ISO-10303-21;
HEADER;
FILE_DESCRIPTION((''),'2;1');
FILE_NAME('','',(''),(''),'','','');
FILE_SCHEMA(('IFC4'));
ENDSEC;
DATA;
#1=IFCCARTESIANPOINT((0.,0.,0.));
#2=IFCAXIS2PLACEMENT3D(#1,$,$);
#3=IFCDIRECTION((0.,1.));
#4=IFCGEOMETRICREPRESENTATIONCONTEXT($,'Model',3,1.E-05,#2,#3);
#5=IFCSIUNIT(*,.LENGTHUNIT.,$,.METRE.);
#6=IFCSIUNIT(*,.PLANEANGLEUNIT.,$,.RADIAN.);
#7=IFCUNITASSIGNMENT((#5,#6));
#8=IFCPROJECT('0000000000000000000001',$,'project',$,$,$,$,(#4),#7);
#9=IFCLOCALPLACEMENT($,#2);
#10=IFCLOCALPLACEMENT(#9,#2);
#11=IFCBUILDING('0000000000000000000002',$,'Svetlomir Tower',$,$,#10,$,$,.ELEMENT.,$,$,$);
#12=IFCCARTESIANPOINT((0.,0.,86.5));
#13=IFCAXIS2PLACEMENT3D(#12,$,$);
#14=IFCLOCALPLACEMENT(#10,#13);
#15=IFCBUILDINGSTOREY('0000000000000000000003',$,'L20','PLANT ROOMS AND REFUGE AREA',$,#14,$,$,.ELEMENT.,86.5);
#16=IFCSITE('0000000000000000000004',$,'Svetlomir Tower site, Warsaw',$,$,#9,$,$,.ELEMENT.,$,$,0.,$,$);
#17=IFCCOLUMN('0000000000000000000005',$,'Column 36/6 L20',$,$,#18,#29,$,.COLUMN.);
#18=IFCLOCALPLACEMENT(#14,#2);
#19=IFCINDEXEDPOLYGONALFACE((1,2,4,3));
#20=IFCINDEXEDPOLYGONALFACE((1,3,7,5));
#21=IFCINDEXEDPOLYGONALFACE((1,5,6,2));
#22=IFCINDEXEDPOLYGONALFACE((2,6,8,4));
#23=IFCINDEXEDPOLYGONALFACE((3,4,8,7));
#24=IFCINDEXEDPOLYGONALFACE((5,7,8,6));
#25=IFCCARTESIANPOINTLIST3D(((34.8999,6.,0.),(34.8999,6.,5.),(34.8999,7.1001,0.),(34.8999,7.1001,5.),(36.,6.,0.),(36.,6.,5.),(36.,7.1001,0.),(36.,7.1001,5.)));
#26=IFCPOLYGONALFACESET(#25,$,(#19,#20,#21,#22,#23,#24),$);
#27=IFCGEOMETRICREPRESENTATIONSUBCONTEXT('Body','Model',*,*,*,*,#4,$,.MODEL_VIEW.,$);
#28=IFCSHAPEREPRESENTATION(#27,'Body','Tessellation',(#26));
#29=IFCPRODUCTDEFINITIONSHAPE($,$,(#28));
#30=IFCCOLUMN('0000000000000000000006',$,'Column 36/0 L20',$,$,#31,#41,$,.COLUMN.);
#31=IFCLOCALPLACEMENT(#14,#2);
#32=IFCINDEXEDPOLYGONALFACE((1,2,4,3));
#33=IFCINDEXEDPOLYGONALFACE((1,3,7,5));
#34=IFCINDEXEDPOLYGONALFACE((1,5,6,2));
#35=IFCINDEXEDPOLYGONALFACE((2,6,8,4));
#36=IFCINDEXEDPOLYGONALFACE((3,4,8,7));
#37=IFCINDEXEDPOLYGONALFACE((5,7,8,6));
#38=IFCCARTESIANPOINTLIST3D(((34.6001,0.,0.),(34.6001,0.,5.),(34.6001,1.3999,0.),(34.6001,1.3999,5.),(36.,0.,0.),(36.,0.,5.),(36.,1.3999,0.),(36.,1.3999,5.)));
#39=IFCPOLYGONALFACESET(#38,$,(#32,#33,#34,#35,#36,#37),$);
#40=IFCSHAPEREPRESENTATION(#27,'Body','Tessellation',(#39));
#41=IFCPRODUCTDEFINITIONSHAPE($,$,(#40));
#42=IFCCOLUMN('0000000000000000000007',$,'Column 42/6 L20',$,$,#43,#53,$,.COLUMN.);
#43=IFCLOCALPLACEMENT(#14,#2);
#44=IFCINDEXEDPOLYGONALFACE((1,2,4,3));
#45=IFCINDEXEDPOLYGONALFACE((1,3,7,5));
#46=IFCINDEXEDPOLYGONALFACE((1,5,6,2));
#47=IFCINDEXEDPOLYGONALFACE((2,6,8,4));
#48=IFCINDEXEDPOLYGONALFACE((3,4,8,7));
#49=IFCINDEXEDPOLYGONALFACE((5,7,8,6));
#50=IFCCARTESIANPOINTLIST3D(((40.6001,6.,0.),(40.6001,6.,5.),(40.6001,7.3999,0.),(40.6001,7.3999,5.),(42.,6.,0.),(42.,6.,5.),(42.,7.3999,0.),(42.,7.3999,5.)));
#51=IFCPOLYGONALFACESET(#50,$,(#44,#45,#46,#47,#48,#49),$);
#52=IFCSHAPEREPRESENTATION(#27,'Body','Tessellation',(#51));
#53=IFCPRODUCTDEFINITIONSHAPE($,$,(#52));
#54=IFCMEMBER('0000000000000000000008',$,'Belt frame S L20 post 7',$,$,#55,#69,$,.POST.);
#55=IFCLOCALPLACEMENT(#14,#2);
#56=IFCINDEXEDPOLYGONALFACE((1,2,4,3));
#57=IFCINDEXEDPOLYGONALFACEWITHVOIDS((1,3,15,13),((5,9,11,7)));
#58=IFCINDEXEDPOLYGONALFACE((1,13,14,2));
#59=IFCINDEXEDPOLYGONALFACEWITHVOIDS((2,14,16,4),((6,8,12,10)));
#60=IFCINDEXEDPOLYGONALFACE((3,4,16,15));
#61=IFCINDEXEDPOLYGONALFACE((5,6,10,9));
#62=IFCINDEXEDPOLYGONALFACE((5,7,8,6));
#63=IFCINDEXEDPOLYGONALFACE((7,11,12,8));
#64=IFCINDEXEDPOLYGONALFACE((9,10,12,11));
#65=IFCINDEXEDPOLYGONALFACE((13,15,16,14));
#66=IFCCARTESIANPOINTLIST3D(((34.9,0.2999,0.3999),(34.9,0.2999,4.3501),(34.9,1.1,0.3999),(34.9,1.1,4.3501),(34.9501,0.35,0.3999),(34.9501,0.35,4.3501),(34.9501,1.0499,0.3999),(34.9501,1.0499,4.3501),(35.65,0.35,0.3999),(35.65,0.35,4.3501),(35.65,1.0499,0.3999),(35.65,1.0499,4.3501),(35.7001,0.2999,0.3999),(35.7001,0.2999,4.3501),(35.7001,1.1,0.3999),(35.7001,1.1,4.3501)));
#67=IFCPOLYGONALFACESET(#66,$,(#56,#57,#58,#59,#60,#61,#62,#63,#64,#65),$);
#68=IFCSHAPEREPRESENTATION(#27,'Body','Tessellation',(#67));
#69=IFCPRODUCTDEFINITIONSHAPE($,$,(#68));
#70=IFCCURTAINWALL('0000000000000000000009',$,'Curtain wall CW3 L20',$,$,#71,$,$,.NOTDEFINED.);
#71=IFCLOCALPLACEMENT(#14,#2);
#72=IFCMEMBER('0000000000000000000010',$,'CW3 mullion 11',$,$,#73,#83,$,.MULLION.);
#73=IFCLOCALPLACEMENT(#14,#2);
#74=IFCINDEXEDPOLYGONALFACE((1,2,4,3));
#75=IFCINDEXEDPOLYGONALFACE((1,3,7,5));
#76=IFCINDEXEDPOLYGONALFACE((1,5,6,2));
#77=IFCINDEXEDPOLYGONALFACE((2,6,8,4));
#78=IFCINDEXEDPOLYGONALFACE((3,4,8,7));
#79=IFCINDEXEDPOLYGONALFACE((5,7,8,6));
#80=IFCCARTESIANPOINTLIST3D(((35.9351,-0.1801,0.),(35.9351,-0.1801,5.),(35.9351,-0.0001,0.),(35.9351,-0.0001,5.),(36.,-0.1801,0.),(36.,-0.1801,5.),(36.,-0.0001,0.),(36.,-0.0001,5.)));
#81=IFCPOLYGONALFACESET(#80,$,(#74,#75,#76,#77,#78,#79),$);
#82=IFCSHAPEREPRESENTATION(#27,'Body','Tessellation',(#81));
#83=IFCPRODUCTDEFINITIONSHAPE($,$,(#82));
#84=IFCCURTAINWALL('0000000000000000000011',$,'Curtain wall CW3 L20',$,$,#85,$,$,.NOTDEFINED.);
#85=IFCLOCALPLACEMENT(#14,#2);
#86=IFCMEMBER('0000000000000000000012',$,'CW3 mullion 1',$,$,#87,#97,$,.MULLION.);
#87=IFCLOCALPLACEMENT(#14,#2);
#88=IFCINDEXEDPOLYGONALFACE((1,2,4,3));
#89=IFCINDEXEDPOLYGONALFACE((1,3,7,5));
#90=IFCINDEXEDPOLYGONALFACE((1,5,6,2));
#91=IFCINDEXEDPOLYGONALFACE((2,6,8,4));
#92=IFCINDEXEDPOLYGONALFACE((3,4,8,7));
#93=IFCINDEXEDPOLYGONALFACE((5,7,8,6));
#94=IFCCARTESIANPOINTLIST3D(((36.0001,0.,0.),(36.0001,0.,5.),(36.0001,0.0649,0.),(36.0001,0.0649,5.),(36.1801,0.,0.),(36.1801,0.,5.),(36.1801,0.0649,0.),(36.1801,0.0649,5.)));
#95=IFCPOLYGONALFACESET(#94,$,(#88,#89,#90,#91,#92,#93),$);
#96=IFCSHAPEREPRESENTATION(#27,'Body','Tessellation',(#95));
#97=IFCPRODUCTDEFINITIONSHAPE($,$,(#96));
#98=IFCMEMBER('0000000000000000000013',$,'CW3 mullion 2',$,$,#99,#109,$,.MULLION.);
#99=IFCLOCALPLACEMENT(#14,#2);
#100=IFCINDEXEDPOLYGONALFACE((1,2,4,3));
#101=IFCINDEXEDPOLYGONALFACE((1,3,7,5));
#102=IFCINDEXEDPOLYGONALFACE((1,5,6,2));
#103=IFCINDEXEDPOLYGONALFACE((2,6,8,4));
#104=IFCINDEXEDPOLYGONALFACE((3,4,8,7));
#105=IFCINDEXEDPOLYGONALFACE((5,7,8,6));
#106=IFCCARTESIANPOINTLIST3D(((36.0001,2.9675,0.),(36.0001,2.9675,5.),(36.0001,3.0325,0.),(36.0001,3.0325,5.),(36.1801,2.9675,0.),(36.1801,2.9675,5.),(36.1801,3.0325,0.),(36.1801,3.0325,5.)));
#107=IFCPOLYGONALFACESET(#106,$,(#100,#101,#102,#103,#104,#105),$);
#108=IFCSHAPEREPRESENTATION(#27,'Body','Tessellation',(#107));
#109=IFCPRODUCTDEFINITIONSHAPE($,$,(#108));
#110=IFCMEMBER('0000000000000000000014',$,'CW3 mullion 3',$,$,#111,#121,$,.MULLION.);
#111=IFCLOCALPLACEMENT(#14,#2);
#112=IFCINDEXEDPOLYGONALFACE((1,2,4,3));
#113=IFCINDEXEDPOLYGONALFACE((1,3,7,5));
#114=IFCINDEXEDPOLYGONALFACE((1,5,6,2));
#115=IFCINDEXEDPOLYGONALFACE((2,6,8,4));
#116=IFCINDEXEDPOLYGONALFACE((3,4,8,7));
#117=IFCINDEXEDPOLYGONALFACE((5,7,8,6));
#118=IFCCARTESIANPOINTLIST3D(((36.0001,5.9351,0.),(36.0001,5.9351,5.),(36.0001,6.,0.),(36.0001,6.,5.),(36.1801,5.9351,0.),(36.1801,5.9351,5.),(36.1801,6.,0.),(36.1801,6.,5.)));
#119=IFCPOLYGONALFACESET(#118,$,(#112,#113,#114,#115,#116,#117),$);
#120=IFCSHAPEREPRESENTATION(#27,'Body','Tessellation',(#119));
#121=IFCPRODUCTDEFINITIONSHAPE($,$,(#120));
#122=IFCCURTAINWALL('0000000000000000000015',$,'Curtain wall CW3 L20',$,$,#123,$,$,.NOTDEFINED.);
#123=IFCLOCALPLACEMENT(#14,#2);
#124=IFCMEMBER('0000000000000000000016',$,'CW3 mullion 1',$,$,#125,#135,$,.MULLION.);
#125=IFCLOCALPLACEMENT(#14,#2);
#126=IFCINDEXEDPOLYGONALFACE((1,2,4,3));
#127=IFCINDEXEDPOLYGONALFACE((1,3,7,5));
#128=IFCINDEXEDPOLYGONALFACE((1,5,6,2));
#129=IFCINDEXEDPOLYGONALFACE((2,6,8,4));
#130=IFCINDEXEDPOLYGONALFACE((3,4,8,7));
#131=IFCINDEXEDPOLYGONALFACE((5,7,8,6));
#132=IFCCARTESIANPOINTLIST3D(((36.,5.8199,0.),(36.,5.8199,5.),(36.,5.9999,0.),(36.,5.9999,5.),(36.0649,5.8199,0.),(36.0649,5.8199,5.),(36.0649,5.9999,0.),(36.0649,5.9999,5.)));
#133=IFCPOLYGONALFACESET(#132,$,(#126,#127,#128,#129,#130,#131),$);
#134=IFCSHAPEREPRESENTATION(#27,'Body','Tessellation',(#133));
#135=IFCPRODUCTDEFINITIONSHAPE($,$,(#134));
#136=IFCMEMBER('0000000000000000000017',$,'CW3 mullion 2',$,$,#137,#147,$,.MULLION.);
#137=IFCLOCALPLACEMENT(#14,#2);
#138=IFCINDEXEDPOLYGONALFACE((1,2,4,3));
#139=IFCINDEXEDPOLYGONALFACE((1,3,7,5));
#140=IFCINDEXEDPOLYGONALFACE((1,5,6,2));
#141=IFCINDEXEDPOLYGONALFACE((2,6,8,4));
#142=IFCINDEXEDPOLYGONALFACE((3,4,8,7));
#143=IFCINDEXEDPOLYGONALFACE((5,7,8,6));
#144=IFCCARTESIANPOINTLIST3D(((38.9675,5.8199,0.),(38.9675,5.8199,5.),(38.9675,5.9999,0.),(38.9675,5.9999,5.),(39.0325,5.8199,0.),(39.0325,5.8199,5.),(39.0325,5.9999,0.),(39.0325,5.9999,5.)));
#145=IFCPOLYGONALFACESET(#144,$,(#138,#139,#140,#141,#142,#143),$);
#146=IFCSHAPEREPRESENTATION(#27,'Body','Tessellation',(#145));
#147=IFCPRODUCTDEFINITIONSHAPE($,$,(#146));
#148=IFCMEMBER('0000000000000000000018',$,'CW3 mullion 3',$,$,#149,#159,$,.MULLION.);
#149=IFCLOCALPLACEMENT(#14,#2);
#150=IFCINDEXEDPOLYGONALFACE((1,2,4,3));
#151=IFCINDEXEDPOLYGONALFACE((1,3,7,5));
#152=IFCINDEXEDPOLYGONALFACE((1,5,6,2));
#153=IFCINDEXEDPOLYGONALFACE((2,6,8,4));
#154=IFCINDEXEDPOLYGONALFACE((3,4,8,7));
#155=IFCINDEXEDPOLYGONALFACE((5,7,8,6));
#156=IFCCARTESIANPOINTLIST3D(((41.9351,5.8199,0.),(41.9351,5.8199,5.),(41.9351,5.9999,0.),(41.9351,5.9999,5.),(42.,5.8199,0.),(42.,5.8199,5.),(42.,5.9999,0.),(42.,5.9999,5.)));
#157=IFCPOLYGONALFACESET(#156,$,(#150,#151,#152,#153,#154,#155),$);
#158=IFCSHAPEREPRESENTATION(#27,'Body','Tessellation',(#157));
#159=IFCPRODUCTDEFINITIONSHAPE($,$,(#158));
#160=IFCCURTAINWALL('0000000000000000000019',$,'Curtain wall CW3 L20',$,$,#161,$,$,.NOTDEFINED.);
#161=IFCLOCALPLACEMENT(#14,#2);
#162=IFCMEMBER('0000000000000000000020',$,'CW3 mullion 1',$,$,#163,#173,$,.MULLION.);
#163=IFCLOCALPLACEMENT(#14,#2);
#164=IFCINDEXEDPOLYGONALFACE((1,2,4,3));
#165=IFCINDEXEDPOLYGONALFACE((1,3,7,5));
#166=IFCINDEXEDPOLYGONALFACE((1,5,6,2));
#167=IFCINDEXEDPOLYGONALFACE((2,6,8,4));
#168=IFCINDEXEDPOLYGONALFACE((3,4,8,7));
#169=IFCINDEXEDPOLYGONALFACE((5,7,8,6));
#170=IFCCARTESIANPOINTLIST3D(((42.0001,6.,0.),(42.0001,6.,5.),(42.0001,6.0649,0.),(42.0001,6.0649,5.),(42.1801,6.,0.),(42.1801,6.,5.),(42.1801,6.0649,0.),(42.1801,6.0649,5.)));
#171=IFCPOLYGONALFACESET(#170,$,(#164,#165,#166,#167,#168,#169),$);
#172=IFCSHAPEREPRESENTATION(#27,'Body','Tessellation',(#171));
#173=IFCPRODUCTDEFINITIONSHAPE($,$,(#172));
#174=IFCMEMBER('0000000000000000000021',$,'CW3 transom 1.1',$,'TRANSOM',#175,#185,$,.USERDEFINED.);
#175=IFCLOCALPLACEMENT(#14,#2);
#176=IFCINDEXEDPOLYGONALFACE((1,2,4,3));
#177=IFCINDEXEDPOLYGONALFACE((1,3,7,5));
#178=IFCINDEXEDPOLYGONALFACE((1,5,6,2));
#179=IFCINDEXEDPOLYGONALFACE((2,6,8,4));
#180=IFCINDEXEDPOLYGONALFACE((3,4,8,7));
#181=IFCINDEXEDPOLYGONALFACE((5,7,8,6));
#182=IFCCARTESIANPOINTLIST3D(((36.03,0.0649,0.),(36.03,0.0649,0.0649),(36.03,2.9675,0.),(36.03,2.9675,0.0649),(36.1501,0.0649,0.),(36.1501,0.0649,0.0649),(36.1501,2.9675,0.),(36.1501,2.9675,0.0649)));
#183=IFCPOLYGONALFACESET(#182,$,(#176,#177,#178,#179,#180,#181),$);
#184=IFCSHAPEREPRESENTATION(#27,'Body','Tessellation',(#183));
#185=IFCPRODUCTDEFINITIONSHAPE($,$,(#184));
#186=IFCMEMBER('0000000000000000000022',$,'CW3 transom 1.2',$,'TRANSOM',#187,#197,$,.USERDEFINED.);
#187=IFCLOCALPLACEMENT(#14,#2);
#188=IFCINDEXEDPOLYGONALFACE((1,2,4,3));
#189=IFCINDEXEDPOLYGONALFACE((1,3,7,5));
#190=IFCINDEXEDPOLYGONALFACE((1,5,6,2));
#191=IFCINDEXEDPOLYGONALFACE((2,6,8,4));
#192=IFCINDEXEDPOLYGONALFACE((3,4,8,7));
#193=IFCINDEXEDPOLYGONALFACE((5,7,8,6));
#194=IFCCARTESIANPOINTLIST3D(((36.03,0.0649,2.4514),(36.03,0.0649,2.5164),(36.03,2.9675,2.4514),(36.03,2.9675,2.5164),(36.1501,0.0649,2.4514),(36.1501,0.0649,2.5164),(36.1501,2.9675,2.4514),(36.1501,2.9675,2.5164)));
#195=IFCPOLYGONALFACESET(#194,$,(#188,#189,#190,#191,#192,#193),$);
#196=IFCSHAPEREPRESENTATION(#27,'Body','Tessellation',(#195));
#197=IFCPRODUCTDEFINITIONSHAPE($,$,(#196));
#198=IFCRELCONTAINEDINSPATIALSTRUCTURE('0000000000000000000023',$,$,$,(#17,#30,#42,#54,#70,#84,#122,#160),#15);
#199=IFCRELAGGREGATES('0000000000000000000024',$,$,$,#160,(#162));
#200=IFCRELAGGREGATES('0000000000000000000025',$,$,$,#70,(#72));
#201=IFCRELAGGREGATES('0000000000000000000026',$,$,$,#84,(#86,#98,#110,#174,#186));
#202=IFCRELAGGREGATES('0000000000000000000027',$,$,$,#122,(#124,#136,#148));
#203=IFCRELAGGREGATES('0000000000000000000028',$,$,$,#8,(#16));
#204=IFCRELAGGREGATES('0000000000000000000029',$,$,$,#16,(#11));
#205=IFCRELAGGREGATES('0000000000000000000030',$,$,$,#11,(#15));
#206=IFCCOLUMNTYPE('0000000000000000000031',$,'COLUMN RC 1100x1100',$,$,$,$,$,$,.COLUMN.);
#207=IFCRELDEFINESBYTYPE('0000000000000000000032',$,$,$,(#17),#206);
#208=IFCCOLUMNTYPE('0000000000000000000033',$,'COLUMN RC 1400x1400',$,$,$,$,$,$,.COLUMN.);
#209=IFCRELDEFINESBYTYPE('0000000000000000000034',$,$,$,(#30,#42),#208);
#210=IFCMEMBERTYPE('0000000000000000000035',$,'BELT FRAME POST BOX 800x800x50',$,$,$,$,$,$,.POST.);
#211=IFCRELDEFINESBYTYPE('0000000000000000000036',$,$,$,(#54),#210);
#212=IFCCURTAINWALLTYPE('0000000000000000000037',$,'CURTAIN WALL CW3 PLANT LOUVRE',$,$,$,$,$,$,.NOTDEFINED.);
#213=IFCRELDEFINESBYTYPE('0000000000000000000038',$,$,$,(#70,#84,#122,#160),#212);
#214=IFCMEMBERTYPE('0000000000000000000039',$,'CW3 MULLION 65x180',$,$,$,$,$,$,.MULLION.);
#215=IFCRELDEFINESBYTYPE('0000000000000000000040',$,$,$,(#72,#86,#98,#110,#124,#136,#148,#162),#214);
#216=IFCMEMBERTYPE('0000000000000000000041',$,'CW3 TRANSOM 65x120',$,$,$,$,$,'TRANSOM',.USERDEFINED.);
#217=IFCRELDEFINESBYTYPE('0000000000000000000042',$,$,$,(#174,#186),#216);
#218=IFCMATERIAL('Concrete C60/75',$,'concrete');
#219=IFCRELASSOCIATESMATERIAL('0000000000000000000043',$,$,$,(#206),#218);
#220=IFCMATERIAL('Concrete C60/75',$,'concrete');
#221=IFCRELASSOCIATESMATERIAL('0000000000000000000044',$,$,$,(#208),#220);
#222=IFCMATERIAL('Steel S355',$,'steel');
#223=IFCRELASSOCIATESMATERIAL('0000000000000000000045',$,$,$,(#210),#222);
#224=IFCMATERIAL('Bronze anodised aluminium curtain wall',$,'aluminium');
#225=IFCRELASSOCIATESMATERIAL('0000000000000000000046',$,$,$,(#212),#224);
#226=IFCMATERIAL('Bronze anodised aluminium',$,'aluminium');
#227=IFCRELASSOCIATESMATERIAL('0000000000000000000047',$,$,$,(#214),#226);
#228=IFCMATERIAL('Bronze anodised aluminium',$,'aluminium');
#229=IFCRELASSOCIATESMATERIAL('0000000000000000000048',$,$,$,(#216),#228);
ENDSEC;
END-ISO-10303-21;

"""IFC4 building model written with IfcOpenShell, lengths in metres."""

from ifc_helpers import new_model, si_unit, direction, frame, origin, origin_2d, place, context, subcontext, project, spatial, rectangle, hollow_rectangle, extrude, material, material_profile, profile_set, type_object, element, aggregate, save


model = new_model("IFC4")

# Units and contexts
model_context = context("Model", 3, precision=1e-05, world=origin(), true_north=direction((0.0, 1.0)))
body_context = subcontext(model_context, "Body", "Model", "MODEL_VIEW")
ifc_project = project(units=[si_unit("LENGTHUNIT", "METRE"), si_unit("PLANEANGLEUNIT", "RADIAN")], contexts=[model_context])

# Site, building, storey
site_placement = place(None, origin())
site = spatial("IfcSite", under=ifc_project, at=site_placement, Name="Svetlomir Tower site, Warsaw", CompositionType="ELEMENT", RefElevation=0.0)
building_placement = place(site_placement, origin())
building = spatial("IfcBuilding", under=site, at=building_placement, Name="Svetlomir Tower", CompositionType="ELEMENT")
storey_placement = place(building_placement, frame((0.0, 0.0, 86.5)))
storey = spatial("IfcBuildingStorey", under=building, at=storey_placement, Name="L20", Description="PLANT ROOMS AND REFUGE AREA", CompositionType="ELEMENT", Elevation=86.5)

# Columns
ifc_material_1 = material(Name="Concrete C60/75", Category="concrete")
ifc_material_profile_1 = material_profile(ifc_material_1, rectangle(XDim=1.1001, YDim=1.1001, at=origin_2d()), Name="RC 1100x1100")
ifc_profile_set_1 = profile_set([ifc_material_profile_1], Name="Concrete C60/75")
column_type_1 = type_object("IfcColumnType", Name="COLUMN RC 1100x1100", PredefinedType="COLUMN", material=ifc_profile_set_1)
column_placement = place(storey_placement, frame((35.45, 6.55, 0.0), z_axis=(0.0, 0.0, 1.0), x_axis=(1.0, 0.0, 0.0)))
element("IfcColumn", 1, at=column_placement, inside=storey, type_object=column_type_1, Name="Column 36/6 L20", PredefinedType="COLUMN", context=body_context, shape_type="SweptSolid", body=[
    extrude(rectangle(XDim=1.1001, YDim=1.1001, at=origin_2d()), origin(), (0.0, 0.0, 1.0), 5.0),
])
ifc_material_2 = material(Name="Concrete C60/75", Category="concrete")
ifc_material_profile_2 = material_profile(ifc_material_2, rectangle(XDim=1.3999, YDim=1.3999, at=origin_2d()), Name="RC 1400x1400")
ifc_profile_set_2 = profile_set([ifc_material_profile_2], Name="Concrete C60/75")
column_type_2 = type_object("IfcColumnType", Name="COLUMN RC 1400x1400", PredefinedType="COLUMN", material=ifc_profile_set_2)
for number, where, z_axis, x_axis, name in (
    (2, (35.3, 0.7, 0.0), (0.0, 0.0, 1.0), (1.0, 0.0, 0.0), "Column 36/0 L20"),
    (3, (41.3, 6.7, 0.0), (0.0, 0.0, 1.0), (1.0, 0.0, 0.0), "Column 42/6 L20"),
):
    element("IfcColumn", number, at=place(storey_placement, frame(where, z_axis=z_axis, x_axis=x_axis)), inside=storey, type_object=column_type_2, Name=name, PredefinedType="COLUMN", context=body_context, shape_type="SweptSolid", body=[
        extrude(rectangle(XDim=1.3999, YDim=1.3999, at=origin_2d()), origin(), (0.0, 0.0, 1.0), 5.0),
    ])

# Member
ifc_material_3 = material(Name="Steel S355", Category="steel")
ifc_material_profile_3 = material_profile(ifc_material_3, hollow_rectangle(XDim=0.8, YDim=0.8, WallThickness=0.05, at=origin_2d()), Name="BOX 800x800x50")
ifc_profile_set_3 = profile_set([ifc_material_profile_3], Name="Steel S355")
member_type_1 = type_object("IfcMemberType", Name="BELT FRAME POST BOX 800x800x50", PredefinedType="POST", material=ifc_profile_set_3)
member_1_placement = place(storey_placement, frame((35.3, 0.7, 0.3999), z_axis=(0.0, 0.0, 1.0), x_axis=(1.0, 0.0, 0.0)))
element("IfcMember", 4, at=member_1_placement, inside=storey, type_object=member_type_1, Name="Belt frame S L20 post 7", PredefinedType="POST", context=body_context, shape_type="SweptSolid", body=[
    extrude(hollow_rectangle(XDim=0.8, YDim=0.8, WallThickness=0.05, at=origin_2d()), origin(), (0.0, 0.0, 1.0), 3.9502),
])

# Curtain wall, member
ifc_material_4 = material(Name="Bronze anodised aluminium curtain wall", Category="aluminium")
curtain_wall_type = type_object("IfcCurtainWallType", Name="CURTAIN WALL CW3 PLANT LOUVRE", PredefinedType="NOTDEFINED", material=ifc_material_4)
curtain_wall_1_placement = place(storey_placement, origin())
curtain_wall_1 = element("IfcCurtainWall", 5, at=curtain_wall_1_placement, inside=storey, type_object=curtain_wall_type, Name="Curtain wall CW3 L20", PredefinedType="NOTDEFINED")
ifc_material_5 = material(Name="Bronze anodised aluminium", Category="aluminium")
ifc_material_profile_4 = material_profile(ifc_material_5, rectangle(XDim=0.0649, YDim=0.1799, at=origin_2d()), Name="AL 65x180")
ifc_profile_set_4 = profile_set([ifc_material_profile_4], Name="Bronze anodised aluminium 6063-T6")
member_type_2 = type_object("IfcMemberType", Name="CW3 MULLION 65x180", PredefinedType="MULLION", material=ifc_profile_set_4)
member_2_placement = place(storey_placement, frame((35.9675, -0.0901, 0.0), z_axis=(0.0, 0.0, 1.0), x_axis=(1.0, 0.0, 0.0)))
member_2 = element("IfcMember", 6, at=member_2_placement, type_object=member_type_2, Name="CW3 mullion 11", PredefinedType="MULLION", context=body_context, shape_type="SweptSolid", body=[
    extrude(rectangle(XDim=0.0649, YDim=0.1799, at=origin_2d()), origin(), (0.0, 0.0, 1.0), 5.0),
])

# Curtain walls, members
curtain_wall_2_placement = place(storey_placement, origin())
curtain_wall_2 = element("IfcCurtainWall", 7, at=curtain_wall_2_placement, inside=storey, type_object=curtain_wall_type, Name="Curtain wall CW3 L20", PredefinedType="NOTDEFINED")
member_3_placement = place(storey_placement, frame((36.0901, 0.0325, 0.0), z_axis=(0.0, 0.0, 1.0), x_axis=(0.0, 1.0, 0.0)))
member_3 = element("IfcMember", 8, at=member_3_placement, type_object=member_type_2, Name="CW3 mullion 1", PredefinedType="MULLION", context=body_context, shape_type="SweptSolid", body=[
    extrude(rectangle(XDim=0.0649, YDim=0.1799, at=origin_2d()), origin(), (0.0, 0.0, 1.0), 5.0),
])
member_4_placement = place(storey_placement, frame((36.0901, 3.0, 0.0), z_axis=(0.0, 0.0, 1.0), x_axis=(0.0, 1.0, 0.0)))
member_4 = element("IfcMember", 9, at=member_4_placement, type_object=member_type_2, Name="CW3 mullion 2", PredefinedType="MULLION", context=body_context, shape_type="SweptSolid", body=[
    extrude(rectangle(XDim=0.0649, YDim=0.1799, at=origin_2d()), origin(), (0.0, 0.0, 1.0), 5.0),
])
member_5_placement = place(storey_placement, frame((36.0901, 5.9675, 0.0), z_axis=(0.0, 0.0, 1.0), x_axis=(0.0, 1.0, 0.0)))
member_5 = element("IfcMember", 10, at=member_5_placement, type_object=member_type_2, Name="CW3 mullion 3", PredefinedType="MULLION", context=body_context, shape_type="SweptSolid", body=[
    extrude(rectangle(XDim=0.0649, YDim=0.1799, at=origin_2d()), origin(), (0.0, 0.0, 1.0), 5.0),
])
curtain_wall_3_placement = place(storey_placement, origin())
curtain_wall_3 = element("IfcCurtainWall", 11, at=curtain_wall_3_placement, inside=storey, type_object=curtain_wall_type, Name="Curtain wall CW3 L20", PredefinedType="NOTDEFINED")
member_6_placement = place(storey_placement, frame((36.0325, 5.9099, 0.0), z_axis=(0.0, 0.0, 1.0), x_axis=(1.0, 0.0, 0.0)))
member_6 = element("IfcMember", 12, at=member_6_placement, type_object=member_type_2, Name="CW3 mullion 1", PredefinedType="MULLION", context=body_context, shape_type="SweptSolid", body=[
    extrude(rectangle(XDim=0.0649, YDim=0.1799, at=origin_2d()), origin(), (0.0, 0.0, 1.0), 5.0),
])
member_7_placement = place(storey_placement, frame((39.0, 5.9099, 0.0), z_axis=(0.0, 0.0, 1.0), x_axis=(1.0, 0.0, 0.0)))
member_7 = element("IfcMember", 13, at=member_7_placement, type_object=member_type_2, Name="CW3 mullion 2", PredefinedType="MULLION", context=body_context, shape_type="SweptSolid", body=[
    extrude(rectangle(XDim=0.0649, YDim=0.1799, at=origin_2d()), origin(), (0.0, 0.0, 1.0), 5.0),
])
member_8_placement = place(storey_placement, frame((41.9675, 5.9099, 0.0), z_axis=(0.0, 0.0, 1.0), x_axis=(1.0, 0.0, 0.0)))
member_8 = element("IfcMember", 14, at=member_8_placement, type_object=member_type_2, Name="CW3 mullion 3", PredefinedType="MULLION", context=body_context, shape_type="SweptSolid", body=[
    extrude(rectangle(XDim=0.0649, YDim=0.1799, at=origin_2d()), origin(), (0.0, 0.0, 1.0), 5.0),
])

# Curtain wall, member
curtain_wall_4_placement = place(storey_placement, origin())
curtain_wall_4 = element("IfcCurtainWall", 15, at=curtain_wall_4_placement, inside=storey, type_object=curtain_wall_type, Name="Curtain wall CW3 L20", PredefinedType="NOTDEFINED")
member_9_placement = place(storey_placement, frame((42.0901, 6.0325, 0.0), z_axis=(0.0, 0.0, 1.0), x_axis=(0.0, 1.0, 0.0)))
member_9 = element("IfcMember", 16, at=member_9_placement, type_object=member_type_2, Name="CW3 mullion 1", PredefinedType="MULLION", context=body_context, shape_type="SweptSolid", body=[
    extrude(rectangle(XDim=0.0649, YDim=0.1799, at=origin_2d()), origin(), (0.0, 0.0, 1.0), 5.0),
])

# Members
ifc_material_6 = material(Name="Bronze anodised aluminium", Category="aluminium")
ifc_material_profile_5 = material_profile(ifc_material_6, rectangle(XDim=0.1201, YDim=0.0649, at=origin_2d()), Name="AL 120x65")
ifc_profile_set_5 = profile_set([ifc_material_profile_5], Name="Bronze anodised aluminium 6063-T6")
member_type_3 = type_object("IfcMemberType", Name="CW3 TRANSOM 65x120", ElementType="TRANSOM", PredefinedType="USERDEFINED", material=ifc_profile_set_5)
member_10_placement = place(storey_placement, frame((36.0901, 0.0649, 0.0325), z_axis=(0.0, 1.0, 0.0), x_axis=(-1.0, 0.0, 0.0)))
member_10 = element("IfcMember", 17, at=member_10_placement, type_object=member_type_3, Name="CW3 transom 1.1", ObjectType="TRANSOM", PredefinedType="USERDEFINED", context=body_context, shape_type="SweptSolid", body=[
    extrude(rectangle(XDim=0.1201, YDim=0.0649, at=origin_2d()), origin(), (0.0, 0.0, 1.0), 2.9026),
])
member_11_placement = place(storey_placement, frame((36.0901, 0.0649, 2.4839), z_axis=(0.0, 1.0, 0.0), x_axis=(-1.0, 0.0, 0.0)))
member_11 = element("IfcMember", 18, at=member_11_placement, type_object=member_type_3, Name="CW3 transom 1.2", ObjectType="TRANSOM", PredefinedType="USERDEFINED", context=body_context, shape_type="SweptSolid", body=[
    extrude(rectangle(XDim=0.1201, YDim=0.0649, at=origin_2d()), origin(), (0.0, 0.0, 1.0), 2.9026),
])
aggregate(curtain_wall_4, [member_9])

aggregate(curtain_wall_1, [member_2])
aggregate(curtain_wall_2, [member_3, member_4, member_5, member_10, member_11])
aggregate(curtain_wall_3, [member_6, member_7, member_8])

save(model, "model.ifc")
